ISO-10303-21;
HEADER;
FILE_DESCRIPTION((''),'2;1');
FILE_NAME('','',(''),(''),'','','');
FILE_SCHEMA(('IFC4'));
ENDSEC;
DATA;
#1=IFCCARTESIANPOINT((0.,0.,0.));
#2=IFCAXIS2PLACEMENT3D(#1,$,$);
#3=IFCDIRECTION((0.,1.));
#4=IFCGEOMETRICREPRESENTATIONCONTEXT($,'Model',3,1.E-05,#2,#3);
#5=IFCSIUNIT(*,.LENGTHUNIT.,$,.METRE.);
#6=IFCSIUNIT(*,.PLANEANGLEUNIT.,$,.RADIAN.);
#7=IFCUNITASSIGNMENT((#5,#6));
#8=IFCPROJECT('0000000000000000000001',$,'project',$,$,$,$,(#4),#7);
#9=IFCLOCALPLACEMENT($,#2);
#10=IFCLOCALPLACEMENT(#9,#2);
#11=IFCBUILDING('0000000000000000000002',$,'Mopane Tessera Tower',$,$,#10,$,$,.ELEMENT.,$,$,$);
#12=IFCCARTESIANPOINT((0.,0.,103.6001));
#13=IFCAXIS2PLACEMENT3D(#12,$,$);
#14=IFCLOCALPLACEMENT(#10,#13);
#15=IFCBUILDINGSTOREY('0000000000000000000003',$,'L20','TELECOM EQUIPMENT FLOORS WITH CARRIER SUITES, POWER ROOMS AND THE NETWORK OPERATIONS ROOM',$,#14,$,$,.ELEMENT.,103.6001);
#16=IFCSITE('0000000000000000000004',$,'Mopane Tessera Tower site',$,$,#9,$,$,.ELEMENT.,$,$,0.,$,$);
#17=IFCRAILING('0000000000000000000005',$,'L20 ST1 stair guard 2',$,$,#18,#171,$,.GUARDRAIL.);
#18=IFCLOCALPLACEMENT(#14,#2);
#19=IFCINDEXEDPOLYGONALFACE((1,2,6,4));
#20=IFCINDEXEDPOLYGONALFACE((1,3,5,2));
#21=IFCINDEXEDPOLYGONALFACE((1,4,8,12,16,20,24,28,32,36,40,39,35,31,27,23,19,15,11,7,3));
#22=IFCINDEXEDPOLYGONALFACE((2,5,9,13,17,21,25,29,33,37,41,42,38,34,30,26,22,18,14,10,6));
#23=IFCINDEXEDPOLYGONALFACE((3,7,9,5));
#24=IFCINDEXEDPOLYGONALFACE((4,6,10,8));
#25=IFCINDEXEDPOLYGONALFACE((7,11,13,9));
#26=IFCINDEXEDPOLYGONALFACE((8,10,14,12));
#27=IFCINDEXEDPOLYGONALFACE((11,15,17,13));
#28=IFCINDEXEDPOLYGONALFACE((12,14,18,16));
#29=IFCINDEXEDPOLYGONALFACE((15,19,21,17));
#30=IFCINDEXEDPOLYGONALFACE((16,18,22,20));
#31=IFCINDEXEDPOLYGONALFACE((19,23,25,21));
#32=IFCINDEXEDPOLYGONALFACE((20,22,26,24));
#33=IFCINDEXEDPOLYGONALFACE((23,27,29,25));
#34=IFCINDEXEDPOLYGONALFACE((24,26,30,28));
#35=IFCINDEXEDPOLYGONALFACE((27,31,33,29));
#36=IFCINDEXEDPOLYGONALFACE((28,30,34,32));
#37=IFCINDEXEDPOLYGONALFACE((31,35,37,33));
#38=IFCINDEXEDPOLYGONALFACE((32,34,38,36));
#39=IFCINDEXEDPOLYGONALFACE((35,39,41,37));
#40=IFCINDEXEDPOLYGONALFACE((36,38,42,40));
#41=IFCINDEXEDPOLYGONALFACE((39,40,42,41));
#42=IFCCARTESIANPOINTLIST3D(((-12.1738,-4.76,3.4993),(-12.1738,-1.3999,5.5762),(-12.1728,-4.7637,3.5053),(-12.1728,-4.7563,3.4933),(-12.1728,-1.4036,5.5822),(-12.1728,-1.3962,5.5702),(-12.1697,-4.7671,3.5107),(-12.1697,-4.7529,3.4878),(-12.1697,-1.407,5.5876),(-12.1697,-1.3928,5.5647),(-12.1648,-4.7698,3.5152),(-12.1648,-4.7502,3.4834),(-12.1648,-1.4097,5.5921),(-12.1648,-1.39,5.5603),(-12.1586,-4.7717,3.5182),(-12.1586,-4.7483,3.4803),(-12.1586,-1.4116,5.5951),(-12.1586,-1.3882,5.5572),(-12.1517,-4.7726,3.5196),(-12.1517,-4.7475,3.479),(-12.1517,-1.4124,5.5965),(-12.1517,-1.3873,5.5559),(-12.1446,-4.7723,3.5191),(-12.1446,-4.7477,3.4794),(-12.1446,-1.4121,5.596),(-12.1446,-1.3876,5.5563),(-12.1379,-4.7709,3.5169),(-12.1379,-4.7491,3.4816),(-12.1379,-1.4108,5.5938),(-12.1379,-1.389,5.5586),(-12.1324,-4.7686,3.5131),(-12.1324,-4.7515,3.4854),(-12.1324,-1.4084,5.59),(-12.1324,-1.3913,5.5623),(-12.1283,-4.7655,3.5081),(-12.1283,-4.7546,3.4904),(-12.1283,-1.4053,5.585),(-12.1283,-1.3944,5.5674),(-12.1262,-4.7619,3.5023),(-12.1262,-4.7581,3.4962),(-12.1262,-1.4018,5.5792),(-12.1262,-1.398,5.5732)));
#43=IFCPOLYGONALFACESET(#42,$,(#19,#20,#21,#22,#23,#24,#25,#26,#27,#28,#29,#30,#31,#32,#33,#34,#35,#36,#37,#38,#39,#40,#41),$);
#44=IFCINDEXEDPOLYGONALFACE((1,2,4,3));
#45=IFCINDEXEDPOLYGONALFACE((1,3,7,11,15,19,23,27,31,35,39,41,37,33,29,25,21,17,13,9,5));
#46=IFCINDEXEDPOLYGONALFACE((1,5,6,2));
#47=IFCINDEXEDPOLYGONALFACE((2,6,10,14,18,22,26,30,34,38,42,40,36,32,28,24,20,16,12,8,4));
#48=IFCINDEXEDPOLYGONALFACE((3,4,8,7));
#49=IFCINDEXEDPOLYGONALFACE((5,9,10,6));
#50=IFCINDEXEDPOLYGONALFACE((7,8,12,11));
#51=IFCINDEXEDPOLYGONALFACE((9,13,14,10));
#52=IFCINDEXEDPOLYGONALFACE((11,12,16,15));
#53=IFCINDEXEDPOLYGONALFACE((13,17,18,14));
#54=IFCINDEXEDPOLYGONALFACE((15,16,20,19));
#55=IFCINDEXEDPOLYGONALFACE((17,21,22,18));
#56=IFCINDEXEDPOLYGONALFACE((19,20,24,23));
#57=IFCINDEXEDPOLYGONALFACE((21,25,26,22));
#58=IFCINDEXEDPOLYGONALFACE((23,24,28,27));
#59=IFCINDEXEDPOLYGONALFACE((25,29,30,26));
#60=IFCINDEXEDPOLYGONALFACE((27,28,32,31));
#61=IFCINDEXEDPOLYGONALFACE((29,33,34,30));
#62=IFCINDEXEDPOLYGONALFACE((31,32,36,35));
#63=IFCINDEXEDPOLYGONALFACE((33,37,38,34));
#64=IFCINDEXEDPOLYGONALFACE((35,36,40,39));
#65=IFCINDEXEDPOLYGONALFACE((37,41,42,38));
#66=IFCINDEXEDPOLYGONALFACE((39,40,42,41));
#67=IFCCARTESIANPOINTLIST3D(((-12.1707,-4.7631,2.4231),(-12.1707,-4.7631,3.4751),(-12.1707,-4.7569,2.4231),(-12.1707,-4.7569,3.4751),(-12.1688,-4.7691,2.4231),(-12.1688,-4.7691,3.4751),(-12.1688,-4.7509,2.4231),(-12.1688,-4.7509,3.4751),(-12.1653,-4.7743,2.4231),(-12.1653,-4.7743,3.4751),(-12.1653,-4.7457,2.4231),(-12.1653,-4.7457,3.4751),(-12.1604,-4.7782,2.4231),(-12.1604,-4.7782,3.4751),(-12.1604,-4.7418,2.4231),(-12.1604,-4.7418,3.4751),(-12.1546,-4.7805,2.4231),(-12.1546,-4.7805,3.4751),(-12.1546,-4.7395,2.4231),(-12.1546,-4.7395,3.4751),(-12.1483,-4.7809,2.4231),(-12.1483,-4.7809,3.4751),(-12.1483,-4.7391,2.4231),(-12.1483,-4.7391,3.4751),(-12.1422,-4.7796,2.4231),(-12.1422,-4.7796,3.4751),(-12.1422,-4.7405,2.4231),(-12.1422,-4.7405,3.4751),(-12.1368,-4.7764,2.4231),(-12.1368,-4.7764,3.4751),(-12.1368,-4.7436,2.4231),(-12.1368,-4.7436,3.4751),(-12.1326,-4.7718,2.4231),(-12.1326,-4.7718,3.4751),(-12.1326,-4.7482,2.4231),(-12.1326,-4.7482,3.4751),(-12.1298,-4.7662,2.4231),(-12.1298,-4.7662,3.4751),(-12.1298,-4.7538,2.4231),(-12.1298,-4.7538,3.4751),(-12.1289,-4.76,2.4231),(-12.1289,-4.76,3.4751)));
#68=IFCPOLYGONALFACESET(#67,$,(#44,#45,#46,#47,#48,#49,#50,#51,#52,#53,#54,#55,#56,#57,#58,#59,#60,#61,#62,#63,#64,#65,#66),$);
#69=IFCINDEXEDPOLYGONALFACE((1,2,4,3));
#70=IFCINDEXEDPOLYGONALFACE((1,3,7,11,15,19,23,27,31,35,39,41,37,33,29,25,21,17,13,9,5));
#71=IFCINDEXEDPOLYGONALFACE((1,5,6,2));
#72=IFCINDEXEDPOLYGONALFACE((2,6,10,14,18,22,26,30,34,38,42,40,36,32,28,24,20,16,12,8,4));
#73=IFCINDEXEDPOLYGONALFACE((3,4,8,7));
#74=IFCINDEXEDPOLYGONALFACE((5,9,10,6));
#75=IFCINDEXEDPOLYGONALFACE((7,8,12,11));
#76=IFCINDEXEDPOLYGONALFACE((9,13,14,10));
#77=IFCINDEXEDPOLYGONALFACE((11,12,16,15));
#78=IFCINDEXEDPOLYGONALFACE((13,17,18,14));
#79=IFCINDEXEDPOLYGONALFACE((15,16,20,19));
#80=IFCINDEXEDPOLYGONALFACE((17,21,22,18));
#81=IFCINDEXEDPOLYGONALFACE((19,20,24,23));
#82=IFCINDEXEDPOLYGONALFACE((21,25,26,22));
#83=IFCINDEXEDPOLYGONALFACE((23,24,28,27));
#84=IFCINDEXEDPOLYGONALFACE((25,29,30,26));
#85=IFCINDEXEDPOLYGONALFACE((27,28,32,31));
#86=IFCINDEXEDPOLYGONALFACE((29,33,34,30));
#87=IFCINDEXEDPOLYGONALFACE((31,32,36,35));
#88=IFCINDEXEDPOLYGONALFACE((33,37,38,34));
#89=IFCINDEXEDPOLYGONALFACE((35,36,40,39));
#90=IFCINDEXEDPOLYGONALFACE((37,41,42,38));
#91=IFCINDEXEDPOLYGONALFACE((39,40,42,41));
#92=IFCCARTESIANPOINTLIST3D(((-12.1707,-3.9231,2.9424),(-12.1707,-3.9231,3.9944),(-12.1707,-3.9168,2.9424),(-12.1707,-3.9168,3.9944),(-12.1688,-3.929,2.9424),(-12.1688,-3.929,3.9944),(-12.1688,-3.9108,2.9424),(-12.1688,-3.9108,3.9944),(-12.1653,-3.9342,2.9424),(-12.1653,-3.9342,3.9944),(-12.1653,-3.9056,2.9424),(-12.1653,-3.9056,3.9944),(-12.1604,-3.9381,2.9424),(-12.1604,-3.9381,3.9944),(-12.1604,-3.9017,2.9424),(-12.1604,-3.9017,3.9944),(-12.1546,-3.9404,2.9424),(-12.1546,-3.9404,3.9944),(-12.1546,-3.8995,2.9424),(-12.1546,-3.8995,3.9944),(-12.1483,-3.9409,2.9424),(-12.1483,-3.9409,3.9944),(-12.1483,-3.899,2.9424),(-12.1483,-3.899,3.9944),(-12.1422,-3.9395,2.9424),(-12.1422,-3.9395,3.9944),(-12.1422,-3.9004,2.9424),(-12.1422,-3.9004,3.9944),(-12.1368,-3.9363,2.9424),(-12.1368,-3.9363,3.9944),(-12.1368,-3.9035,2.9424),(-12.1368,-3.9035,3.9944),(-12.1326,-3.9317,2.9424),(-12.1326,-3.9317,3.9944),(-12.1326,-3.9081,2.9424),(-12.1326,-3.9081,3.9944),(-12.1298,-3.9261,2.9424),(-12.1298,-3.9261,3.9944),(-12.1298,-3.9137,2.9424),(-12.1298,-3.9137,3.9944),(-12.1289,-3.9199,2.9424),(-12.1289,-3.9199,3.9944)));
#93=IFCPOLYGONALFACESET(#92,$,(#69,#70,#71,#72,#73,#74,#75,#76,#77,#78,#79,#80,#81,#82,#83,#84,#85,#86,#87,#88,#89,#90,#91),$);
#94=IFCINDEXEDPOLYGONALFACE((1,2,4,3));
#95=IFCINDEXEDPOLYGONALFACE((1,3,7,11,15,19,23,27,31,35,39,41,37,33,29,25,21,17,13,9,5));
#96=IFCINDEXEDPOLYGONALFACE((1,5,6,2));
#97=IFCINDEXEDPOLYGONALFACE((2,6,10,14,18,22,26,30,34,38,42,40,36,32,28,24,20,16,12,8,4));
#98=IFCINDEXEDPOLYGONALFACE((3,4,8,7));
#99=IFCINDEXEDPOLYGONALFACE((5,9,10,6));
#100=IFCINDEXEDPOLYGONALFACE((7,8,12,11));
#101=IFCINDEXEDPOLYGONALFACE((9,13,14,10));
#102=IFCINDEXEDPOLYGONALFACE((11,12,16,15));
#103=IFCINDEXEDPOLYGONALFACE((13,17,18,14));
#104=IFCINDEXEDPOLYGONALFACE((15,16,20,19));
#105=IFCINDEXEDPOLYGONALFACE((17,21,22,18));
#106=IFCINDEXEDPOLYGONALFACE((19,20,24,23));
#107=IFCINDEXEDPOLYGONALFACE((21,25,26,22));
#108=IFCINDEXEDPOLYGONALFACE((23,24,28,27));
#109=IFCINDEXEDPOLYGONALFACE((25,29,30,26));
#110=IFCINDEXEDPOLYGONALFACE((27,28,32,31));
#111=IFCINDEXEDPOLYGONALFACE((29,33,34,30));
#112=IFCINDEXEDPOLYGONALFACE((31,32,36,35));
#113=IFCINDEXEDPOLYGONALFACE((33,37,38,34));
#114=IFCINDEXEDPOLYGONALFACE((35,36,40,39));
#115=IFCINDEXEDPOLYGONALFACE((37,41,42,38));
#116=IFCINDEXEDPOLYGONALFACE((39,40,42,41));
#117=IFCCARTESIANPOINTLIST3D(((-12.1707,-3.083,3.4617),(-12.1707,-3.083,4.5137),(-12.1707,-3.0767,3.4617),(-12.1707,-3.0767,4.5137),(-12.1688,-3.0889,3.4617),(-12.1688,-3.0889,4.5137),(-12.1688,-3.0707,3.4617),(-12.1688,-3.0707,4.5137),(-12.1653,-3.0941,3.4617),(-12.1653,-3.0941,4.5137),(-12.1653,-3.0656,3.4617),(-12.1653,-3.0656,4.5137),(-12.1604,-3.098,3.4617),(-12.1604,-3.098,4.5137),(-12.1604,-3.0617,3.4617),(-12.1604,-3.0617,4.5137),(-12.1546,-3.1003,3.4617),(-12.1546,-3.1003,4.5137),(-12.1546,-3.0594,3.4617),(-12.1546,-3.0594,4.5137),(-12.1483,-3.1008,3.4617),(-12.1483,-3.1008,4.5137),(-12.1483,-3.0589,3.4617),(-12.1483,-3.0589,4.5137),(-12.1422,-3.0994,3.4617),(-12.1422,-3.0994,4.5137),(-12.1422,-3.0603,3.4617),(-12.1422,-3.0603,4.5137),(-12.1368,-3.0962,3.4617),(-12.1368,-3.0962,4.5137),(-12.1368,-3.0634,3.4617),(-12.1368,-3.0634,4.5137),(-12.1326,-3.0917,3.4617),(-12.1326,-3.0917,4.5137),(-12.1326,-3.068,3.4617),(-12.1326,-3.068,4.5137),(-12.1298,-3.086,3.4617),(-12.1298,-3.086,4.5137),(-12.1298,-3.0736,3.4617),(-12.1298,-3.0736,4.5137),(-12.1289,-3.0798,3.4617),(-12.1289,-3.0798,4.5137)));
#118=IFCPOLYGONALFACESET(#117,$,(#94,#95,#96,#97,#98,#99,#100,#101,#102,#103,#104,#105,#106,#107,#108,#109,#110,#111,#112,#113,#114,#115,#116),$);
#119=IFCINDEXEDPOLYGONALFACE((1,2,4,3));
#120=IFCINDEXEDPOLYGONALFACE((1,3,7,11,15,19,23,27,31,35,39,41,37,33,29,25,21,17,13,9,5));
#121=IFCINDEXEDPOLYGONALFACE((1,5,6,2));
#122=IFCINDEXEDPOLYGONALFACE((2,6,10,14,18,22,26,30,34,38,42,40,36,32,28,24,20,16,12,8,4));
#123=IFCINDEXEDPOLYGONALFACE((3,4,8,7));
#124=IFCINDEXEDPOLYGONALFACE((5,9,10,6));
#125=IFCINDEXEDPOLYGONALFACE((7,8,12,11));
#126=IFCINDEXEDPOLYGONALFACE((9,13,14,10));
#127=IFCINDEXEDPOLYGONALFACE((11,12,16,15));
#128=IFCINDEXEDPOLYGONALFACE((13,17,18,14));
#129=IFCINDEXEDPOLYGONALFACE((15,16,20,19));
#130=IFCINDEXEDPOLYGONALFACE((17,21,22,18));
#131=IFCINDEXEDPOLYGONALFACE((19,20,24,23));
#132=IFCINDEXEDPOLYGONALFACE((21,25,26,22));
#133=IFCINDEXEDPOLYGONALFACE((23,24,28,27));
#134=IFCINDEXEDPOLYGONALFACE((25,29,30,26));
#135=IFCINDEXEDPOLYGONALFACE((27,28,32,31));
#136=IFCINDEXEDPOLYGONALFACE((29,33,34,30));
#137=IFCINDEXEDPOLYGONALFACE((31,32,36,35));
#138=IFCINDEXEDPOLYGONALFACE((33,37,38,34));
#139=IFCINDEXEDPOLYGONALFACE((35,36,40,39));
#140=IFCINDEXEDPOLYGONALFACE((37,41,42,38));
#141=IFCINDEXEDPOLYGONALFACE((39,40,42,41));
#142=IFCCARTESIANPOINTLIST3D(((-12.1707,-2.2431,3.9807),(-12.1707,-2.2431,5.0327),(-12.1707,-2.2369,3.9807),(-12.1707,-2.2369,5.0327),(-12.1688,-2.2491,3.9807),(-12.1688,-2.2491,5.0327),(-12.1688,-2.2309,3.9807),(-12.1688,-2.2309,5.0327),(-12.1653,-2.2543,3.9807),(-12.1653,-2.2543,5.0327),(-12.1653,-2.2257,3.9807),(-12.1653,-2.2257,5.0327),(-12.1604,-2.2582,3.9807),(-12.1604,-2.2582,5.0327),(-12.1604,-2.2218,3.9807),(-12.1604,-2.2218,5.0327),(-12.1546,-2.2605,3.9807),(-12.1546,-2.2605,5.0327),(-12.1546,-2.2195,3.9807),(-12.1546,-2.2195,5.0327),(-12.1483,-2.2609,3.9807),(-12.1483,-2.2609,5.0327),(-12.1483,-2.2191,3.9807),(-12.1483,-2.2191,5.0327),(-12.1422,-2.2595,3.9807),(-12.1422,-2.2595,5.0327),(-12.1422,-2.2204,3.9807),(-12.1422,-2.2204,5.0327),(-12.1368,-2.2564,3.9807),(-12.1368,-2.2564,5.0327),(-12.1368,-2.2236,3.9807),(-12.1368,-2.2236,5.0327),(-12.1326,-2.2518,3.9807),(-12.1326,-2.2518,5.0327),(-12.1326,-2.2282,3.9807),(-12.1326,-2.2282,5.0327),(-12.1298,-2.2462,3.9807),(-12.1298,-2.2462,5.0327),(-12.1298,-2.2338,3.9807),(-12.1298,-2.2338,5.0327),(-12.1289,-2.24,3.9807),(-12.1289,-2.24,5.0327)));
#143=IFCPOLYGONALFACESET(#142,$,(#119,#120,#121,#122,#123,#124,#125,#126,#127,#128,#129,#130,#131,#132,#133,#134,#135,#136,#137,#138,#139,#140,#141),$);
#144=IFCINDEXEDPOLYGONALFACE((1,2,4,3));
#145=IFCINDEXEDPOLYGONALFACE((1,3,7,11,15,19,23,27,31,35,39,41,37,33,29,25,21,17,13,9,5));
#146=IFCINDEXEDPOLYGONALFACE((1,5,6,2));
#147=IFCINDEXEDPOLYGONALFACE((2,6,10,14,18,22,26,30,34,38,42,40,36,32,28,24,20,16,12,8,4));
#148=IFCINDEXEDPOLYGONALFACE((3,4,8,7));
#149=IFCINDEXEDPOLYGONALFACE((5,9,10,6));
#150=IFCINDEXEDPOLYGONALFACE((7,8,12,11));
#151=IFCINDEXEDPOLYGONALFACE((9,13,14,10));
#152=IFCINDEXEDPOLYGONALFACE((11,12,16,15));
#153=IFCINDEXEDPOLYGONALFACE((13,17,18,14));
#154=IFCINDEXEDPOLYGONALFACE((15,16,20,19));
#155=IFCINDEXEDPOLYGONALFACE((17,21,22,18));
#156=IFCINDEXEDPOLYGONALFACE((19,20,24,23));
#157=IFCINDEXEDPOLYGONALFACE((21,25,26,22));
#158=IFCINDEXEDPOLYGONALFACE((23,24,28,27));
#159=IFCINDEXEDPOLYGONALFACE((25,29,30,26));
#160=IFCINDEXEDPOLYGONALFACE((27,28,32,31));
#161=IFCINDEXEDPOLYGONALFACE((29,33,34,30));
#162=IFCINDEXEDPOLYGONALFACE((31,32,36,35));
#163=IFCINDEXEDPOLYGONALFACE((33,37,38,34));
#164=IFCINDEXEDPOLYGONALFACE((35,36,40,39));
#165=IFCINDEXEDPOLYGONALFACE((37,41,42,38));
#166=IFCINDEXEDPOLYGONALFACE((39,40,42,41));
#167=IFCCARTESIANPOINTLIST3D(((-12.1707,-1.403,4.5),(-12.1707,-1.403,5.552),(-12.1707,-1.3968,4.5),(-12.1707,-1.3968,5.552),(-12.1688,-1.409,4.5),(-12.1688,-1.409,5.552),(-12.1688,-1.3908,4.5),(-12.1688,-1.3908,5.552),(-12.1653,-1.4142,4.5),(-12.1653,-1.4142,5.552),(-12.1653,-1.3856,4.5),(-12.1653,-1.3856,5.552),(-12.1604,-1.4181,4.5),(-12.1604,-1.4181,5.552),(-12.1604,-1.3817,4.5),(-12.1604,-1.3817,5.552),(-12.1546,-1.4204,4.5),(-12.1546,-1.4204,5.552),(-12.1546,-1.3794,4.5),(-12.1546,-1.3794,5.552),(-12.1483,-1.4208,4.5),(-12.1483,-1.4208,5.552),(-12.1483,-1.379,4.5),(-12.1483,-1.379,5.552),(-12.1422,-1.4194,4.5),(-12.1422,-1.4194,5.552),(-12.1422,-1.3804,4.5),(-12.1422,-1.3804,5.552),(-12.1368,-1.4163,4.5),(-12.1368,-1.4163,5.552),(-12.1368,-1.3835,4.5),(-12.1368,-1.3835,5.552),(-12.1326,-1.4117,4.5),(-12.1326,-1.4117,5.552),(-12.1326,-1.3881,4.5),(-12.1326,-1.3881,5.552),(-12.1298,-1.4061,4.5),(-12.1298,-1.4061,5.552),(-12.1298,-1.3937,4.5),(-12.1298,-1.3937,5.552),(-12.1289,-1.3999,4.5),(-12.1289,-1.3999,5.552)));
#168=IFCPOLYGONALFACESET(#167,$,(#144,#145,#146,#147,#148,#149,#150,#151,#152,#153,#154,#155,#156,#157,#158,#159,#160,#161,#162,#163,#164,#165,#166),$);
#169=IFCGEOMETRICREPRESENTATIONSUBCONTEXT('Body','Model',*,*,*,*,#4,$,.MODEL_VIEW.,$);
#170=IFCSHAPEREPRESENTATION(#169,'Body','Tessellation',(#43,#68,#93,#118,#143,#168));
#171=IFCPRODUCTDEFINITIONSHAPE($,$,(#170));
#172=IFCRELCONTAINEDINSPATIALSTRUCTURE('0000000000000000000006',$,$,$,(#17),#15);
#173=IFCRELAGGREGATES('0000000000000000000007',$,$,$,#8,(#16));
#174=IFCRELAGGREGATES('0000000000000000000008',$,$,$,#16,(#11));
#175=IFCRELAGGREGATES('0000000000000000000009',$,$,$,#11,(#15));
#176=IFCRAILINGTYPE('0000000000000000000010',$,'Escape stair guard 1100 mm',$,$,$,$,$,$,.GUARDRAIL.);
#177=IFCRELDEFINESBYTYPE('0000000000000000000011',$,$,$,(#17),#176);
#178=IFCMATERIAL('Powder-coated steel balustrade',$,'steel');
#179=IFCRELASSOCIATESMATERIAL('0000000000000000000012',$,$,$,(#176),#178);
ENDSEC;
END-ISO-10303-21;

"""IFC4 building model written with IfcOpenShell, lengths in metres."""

from ifc_helpers import new_model, si_unit, direction, frame, origin, origin_2d, place, context, subcontext, project, spatial, circle, extrude, material, type_object, element, save


model = new_model("IFC4")

# Units and contexts
model_context = context("Model", 3, precision=1e-05, world=origin(), true_north=direction((0.0, 1.0)))
body_context = subcontext(model_context, "Body", "Model", "MODEL_VIEW")
ifc_project = project(units=[si_unit("LENGTHUNIT", "METRE"), si_unit("PLANEANGLEUNIT", "RADIAN")], contexts=[model_context])

# Site, building, storey
site_placement = place(None, origin())
site = spatial("IfcSite", under=ifc_project, at=site_placement, Name="Mopane Tessera Tower site", CompositionType="ELEMENT", RefElevation=0.0)
building_placement = place(site_placement, origin())
building = spatial("IfcBuilding", under=site, at=building_placement, Name="Mopane Tessera Tower", CompositionType="ELEMENT")
storey_placement = place(building_placement, frame((0.0, 0.0, 103.6001)))
storey = spatial("IfcBuildingStorey", under=building, at=storey_placement, Name="L20", Description="TELECOM EQUIPMENT FLOORS WITH CARRIER SUITES, POWER ROOMS AND THE NETWORK OPERATIONS ROOM", CompositionType="ELEMENT", Elevation=103.6001)

# Railing
ifc_material_1 = material(Name="Powder-coated steel balustrade", Category="steel")
railing_type_1 = type_object("IfcRailingType", Name="Escape stair guard 1100 mm", PredefinedType="GUARDRAIL", material=ifc_material_1)
railing_1_placement = place(storey_placement, frame((-12.1499, -4.76, 2.4231)))
element("IfcRailing", 1, at=railing_1_placement, inside=storey, type_object=railing_type_1, Name="L20 ST1 stair guard 2", PredefinedType="GUARDRAIL", context=body_context, shape_type="SweptSolid", body=[
    extrude(circle(Radius=0.0239, at=origin_2d()), frame((0.0, 0.0, 1.0762), z_axis=(0.0, 0.850623, 0.525776), x_axis=(-1.0, 0.0, 0.0)), (0.0, 0.0, 1.0), 3.9502),
    extrude(circle(Radius=0.021, at=origin_2d()), origin(), (0.0, 0.0, 1.0), 1.052),
    extrude(circle(Radius=0.021, at=origin_2d()), frame((0.0, 0.8401, 0.5193)), (0.0, 0.0, 1.0), 1.052),
    extrude(circle(Radius=0.021, at=origin_2d()), frame((0.0, 1.6802, 1.0386)), (0.0, 0.0, 1.0), 1.052),
    extrude(circle(Radius=0.021, at=origin_2d()), frame((0.0, 2.52, 1.5576)), (0.0, 0.0, 1.0), 1.052),
    extrude(circle(Radius=0.021, at=origin_2d()), frame((0.0, 3.3601, 2.0769)), (0.0, 0.0, 1.0), 1.052),
])

save(model, "model.ifc")
